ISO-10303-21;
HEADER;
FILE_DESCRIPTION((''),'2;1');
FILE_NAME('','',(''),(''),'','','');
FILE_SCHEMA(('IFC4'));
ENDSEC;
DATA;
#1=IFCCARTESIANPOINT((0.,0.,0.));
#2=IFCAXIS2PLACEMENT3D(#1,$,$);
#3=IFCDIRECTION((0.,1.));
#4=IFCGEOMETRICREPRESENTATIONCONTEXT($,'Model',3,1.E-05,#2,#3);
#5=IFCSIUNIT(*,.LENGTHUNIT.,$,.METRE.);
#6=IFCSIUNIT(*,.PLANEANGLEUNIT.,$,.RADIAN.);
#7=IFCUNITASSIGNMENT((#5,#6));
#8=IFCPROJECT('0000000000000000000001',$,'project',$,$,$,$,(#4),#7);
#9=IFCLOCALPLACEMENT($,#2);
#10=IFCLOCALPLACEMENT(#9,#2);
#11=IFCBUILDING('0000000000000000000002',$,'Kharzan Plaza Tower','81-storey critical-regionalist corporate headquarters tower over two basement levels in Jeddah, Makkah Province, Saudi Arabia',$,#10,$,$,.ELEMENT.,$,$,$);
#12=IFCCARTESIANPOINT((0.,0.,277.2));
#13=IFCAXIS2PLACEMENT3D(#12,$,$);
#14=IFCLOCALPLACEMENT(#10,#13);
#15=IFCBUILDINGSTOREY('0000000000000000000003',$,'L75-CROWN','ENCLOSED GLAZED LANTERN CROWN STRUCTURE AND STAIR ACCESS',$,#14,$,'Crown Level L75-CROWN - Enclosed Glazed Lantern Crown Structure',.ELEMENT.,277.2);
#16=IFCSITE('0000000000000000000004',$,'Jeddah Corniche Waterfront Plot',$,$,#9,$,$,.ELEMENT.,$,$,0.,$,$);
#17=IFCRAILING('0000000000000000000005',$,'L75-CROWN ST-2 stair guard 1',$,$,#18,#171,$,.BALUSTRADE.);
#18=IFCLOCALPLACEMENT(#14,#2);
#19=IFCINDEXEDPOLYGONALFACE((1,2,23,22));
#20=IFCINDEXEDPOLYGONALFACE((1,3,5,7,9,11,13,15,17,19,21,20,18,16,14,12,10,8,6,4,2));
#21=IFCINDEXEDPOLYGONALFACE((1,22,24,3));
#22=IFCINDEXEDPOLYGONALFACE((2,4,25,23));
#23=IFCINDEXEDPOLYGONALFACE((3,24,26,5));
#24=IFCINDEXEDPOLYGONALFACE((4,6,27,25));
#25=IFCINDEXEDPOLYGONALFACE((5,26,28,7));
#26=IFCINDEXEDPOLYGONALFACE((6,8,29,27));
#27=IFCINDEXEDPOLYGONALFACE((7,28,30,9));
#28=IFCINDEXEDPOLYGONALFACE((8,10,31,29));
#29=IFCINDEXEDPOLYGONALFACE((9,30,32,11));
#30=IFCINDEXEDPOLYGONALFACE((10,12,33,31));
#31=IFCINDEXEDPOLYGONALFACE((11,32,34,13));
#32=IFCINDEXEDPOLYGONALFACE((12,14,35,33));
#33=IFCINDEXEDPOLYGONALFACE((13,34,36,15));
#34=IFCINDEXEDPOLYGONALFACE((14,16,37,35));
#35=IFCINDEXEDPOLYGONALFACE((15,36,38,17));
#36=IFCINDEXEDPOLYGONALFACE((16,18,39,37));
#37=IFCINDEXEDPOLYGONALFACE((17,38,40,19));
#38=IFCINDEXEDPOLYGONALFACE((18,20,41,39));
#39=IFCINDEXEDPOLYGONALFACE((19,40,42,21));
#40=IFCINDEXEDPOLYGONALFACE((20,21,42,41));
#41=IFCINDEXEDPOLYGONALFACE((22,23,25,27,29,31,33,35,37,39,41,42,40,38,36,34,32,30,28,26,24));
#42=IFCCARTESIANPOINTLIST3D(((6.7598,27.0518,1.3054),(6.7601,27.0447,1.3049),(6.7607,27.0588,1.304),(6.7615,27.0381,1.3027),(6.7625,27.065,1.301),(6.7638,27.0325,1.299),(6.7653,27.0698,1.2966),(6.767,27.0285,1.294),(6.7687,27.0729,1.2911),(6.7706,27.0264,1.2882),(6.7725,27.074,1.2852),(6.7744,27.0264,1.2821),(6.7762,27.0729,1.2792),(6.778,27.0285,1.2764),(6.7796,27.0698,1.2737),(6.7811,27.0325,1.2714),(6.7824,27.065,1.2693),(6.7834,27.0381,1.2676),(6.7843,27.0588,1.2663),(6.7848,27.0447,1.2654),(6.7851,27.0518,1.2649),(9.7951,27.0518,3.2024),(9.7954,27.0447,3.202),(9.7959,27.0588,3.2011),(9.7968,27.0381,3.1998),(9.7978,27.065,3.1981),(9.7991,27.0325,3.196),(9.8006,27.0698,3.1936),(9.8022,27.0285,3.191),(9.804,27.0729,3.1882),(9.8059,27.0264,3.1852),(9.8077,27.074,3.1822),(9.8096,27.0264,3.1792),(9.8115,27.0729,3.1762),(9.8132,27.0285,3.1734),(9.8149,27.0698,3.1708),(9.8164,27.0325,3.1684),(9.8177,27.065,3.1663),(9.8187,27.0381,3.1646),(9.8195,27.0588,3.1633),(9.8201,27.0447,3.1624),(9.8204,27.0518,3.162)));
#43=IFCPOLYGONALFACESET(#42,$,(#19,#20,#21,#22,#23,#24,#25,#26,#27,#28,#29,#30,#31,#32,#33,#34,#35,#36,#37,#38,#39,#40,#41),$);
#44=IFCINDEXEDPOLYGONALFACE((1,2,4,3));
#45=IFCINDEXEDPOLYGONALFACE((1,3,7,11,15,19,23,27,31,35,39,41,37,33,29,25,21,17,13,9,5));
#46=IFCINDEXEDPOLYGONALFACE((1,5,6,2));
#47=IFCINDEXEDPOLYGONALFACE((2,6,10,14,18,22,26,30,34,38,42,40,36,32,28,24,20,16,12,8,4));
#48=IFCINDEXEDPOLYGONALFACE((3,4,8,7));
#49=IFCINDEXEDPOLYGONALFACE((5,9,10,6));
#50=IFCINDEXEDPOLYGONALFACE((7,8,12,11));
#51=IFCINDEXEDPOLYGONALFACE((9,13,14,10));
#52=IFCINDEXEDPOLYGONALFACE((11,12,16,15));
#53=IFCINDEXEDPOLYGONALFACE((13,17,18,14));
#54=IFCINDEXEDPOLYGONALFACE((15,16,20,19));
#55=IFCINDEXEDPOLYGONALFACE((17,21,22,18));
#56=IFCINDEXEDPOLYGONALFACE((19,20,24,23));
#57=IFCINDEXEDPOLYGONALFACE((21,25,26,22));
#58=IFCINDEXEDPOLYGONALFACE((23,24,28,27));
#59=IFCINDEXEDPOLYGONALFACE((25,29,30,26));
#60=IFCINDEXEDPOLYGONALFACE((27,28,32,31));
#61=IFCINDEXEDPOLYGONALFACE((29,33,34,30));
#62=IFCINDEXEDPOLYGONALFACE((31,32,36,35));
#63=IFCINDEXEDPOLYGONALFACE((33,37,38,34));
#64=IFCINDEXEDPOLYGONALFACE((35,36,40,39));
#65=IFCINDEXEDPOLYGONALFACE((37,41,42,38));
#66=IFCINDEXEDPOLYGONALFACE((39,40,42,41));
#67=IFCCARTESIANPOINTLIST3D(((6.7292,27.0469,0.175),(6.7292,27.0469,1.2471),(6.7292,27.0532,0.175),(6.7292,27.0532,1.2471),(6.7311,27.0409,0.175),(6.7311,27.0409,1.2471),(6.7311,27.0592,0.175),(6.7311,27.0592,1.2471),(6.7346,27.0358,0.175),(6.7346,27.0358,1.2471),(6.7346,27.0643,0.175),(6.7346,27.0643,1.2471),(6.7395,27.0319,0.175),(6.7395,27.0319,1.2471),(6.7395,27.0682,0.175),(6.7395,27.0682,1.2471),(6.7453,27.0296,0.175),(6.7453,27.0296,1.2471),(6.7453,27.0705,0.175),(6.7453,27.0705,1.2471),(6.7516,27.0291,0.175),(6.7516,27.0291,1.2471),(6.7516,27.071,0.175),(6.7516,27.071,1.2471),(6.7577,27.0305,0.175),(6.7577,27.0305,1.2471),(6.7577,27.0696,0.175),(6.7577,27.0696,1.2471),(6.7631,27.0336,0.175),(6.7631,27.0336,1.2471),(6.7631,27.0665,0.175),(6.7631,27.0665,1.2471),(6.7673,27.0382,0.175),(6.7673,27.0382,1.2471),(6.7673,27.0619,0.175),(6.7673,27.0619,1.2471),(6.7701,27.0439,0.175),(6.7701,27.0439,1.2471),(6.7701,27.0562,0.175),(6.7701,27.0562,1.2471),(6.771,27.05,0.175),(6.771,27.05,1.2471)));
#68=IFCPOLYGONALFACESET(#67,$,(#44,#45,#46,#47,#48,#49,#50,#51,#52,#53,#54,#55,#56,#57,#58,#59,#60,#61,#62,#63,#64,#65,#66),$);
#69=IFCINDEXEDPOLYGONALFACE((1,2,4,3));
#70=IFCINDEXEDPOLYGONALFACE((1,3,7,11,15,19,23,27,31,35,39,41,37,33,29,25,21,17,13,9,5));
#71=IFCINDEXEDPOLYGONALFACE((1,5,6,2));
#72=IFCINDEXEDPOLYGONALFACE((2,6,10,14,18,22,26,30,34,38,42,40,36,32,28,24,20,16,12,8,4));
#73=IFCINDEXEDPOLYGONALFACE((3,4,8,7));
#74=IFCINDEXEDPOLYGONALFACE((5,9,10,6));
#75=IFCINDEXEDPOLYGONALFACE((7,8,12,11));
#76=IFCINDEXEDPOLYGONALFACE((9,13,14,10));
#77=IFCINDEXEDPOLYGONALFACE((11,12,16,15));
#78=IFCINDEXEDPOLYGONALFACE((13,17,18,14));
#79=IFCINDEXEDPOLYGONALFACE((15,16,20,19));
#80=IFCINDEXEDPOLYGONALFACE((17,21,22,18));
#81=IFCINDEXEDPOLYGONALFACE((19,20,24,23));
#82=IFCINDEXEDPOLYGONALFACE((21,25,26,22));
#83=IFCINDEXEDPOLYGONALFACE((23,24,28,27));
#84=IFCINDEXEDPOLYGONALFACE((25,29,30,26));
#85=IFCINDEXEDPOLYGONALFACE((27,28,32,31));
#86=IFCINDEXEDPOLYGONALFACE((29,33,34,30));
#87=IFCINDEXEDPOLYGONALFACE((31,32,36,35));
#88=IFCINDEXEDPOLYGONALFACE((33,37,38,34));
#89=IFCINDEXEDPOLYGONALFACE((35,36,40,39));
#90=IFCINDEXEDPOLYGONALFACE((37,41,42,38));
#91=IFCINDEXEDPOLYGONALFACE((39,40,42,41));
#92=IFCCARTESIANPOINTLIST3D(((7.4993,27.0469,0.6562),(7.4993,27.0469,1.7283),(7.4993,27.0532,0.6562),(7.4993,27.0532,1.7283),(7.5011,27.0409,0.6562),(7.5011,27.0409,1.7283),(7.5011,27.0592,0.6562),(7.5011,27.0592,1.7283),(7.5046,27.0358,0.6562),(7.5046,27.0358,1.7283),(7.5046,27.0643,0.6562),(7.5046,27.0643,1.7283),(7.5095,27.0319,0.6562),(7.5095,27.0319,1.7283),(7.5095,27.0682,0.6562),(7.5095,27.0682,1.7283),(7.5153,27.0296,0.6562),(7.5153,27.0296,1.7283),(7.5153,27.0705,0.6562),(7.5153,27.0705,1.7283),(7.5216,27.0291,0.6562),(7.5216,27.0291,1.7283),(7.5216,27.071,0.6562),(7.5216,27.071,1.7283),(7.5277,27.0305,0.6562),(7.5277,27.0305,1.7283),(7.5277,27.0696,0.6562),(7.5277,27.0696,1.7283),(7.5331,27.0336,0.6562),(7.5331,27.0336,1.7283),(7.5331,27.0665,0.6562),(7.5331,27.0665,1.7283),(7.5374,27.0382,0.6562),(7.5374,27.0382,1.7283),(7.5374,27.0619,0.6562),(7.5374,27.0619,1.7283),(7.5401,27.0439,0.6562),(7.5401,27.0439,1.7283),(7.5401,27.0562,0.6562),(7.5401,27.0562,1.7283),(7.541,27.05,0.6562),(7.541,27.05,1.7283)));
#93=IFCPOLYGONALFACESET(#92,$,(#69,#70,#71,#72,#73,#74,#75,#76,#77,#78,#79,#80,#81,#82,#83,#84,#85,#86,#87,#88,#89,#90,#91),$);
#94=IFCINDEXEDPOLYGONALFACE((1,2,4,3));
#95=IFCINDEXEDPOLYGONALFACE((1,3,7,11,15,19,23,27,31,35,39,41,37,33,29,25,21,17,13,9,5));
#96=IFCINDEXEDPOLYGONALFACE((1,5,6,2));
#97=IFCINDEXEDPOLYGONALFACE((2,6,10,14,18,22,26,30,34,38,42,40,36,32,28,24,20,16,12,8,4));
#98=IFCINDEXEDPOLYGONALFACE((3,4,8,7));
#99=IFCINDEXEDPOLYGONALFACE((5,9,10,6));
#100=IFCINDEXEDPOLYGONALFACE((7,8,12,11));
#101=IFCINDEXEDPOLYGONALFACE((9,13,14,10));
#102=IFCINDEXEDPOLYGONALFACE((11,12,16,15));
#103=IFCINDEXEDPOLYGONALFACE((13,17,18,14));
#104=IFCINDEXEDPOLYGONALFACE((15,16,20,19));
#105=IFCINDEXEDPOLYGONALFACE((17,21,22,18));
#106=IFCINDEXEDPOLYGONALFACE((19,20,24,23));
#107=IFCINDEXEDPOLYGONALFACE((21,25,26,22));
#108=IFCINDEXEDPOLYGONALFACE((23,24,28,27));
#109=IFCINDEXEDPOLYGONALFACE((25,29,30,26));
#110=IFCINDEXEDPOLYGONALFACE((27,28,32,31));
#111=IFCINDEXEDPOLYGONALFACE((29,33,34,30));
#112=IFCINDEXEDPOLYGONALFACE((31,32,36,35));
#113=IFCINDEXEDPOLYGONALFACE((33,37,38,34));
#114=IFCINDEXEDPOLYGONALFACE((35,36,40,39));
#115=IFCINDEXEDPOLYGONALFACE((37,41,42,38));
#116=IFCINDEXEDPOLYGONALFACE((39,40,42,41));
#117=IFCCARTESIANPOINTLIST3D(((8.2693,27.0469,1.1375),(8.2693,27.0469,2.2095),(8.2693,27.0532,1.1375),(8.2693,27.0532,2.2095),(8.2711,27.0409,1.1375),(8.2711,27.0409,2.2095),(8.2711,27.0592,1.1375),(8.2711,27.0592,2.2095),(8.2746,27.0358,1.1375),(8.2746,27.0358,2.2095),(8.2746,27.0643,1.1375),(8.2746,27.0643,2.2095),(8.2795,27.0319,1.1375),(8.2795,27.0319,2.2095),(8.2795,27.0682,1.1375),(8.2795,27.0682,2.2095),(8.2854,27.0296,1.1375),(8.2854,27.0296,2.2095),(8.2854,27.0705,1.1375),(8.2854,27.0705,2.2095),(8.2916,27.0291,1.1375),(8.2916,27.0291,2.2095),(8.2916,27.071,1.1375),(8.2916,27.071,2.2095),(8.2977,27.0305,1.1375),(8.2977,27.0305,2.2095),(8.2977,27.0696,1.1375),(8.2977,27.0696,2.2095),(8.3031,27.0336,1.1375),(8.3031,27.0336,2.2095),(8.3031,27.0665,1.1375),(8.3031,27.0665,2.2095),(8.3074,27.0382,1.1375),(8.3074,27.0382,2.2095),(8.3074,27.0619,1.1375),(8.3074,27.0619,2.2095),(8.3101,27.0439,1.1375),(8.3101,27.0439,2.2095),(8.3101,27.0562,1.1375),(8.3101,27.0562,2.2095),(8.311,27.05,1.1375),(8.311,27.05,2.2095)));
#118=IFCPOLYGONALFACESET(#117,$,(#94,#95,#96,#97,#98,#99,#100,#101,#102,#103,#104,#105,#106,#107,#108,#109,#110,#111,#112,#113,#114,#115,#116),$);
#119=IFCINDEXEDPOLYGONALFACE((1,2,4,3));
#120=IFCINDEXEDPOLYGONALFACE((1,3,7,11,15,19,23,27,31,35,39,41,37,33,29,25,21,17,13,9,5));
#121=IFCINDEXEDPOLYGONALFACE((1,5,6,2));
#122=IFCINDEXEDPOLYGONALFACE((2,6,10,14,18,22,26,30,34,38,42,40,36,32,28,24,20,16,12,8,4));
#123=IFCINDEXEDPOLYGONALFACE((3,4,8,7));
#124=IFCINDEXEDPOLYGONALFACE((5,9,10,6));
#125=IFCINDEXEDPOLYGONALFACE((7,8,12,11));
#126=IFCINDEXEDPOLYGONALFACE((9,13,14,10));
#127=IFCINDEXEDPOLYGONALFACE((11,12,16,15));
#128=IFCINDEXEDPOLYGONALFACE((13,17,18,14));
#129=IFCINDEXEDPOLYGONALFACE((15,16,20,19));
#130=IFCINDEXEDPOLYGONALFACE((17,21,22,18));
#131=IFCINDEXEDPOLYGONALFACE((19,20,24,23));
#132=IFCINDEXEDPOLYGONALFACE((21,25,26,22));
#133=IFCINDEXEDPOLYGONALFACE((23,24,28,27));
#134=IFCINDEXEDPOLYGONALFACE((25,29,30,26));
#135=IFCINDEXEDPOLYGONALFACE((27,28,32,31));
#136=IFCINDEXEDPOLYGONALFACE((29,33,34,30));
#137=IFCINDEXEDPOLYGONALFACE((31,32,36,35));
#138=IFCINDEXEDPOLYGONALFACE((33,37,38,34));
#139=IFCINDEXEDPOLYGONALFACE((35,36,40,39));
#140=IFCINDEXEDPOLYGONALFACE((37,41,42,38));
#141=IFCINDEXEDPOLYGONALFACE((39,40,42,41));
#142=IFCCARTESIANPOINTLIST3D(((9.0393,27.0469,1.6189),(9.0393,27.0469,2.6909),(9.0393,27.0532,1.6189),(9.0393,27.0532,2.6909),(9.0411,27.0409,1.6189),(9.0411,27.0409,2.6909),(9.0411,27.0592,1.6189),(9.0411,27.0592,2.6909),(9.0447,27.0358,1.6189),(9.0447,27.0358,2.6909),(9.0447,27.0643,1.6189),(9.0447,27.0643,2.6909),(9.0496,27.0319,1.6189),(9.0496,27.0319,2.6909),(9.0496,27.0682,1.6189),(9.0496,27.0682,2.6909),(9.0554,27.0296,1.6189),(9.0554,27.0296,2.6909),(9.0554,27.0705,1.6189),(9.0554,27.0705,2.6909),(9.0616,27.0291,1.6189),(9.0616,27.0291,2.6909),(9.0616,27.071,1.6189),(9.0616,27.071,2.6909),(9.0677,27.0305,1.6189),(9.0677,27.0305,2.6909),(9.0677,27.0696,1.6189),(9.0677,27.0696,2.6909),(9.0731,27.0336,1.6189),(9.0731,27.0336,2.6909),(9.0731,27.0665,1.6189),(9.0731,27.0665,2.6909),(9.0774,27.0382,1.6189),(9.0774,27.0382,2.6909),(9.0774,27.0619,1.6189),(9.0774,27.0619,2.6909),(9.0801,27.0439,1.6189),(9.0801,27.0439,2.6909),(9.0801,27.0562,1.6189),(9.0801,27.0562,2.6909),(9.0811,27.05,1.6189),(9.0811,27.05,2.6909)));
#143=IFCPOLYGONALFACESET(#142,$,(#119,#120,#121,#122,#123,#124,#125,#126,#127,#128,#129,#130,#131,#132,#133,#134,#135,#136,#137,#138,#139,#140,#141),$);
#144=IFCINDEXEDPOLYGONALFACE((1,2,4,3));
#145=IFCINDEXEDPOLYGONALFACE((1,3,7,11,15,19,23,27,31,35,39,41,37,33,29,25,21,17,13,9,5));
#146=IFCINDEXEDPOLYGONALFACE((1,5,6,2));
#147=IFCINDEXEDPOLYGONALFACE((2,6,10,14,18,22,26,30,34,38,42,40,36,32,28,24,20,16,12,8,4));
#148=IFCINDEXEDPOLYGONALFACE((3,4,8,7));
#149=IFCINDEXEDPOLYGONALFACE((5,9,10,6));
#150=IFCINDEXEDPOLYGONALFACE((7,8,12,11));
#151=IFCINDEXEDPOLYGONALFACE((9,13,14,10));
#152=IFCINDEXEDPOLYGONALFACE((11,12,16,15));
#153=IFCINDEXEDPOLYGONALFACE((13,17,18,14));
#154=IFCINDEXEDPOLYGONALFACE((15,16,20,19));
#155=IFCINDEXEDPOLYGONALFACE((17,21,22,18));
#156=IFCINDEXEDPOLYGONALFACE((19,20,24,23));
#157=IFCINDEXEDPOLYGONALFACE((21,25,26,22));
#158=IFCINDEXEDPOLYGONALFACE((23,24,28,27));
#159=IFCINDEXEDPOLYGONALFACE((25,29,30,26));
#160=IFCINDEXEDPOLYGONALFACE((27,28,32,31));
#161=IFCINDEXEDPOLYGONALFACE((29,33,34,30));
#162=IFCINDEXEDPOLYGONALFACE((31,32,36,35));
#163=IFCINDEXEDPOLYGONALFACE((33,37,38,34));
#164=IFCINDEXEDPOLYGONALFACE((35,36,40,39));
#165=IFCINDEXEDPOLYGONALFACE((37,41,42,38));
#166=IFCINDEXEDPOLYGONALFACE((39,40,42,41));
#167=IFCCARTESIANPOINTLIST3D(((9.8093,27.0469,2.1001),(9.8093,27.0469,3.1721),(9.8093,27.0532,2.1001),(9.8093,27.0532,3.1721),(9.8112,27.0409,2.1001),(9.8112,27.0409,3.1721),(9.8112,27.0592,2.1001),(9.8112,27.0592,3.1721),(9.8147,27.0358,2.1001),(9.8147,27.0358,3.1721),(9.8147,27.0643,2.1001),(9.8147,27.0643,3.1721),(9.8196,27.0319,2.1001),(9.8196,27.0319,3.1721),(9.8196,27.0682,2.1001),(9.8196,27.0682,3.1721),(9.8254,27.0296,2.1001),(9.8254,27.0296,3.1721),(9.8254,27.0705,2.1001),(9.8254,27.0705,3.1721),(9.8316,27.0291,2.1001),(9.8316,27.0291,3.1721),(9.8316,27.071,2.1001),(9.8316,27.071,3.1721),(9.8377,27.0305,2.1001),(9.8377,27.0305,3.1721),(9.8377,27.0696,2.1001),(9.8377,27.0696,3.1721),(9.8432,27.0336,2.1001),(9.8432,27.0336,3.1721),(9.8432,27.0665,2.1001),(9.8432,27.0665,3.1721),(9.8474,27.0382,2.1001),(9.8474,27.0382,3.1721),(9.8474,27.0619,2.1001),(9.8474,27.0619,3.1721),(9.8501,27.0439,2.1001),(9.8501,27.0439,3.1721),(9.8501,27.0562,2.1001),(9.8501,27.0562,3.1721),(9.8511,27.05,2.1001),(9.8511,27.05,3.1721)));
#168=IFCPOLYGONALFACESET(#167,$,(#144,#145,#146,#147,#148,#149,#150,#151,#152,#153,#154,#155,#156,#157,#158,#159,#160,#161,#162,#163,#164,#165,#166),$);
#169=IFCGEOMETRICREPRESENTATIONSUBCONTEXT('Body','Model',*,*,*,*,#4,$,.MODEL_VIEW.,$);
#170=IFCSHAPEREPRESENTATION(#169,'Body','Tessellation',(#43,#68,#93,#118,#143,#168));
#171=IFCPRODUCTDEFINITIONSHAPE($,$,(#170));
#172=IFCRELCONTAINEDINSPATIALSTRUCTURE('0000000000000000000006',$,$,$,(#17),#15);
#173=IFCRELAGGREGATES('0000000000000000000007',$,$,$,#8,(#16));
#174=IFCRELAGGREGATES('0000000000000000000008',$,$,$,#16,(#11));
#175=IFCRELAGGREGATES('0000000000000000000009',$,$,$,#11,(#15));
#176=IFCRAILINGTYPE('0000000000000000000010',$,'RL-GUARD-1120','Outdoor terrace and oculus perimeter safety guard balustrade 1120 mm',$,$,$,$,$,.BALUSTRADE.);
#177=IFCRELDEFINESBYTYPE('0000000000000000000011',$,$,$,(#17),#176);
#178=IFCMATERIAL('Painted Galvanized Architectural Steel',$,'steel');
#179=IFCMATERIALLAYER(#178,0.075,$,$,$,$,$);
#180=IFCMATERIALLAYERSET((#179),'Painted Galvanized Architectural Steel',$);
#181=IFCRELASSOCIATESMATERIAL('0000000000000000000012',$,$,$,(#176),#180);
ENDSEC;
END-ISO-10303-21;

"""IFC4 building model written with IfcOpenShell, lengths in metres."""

from ifc_helpers import new_model, si_unit, direction, frame, origin, origin_2d, place, context, subcontext, project, spatial, circle, extrude, source, transform, mapped, material, layer, layer_set, type_object, element, save


model = new_model("IFC4")

# Units and contexts
model_context = context("Model", 3, precision=1e-05, world=origin(), true_north=direction((0.0, 1.0)))
body_context = subcontext(model_context, "Body", "Model", "MODEL_VIEW")
ifc_project = project(units=[si_unit("LENGTHUNIT", "METRE"), si_unit("PLANEANGLEUNIT", "RADIAN")], contexts=[model_context])

# Site, building, storey
site_placement = place(None, origin())
site = spatial("IfcSite", under=ifc_project, at=site_placement, Name="Jeddah Corniche Waterfront Plot", CompositionType="ELEMENT", RefElevation=0.0)
building_placement = place(site_placement, origin())
building = spatial("IfcBuilding", under=site, at=building_placement, Name="Kharzan Plaza Tower", Description="81-storey critical-regionalist corporate headquarters tower over two basement levels in Jeddah, Makkah Province, Saudi Arabia", CompositionType="ELEMENT")
storey_placement = place(building_placement, frame((0.0, 0.0, 277.2)))
storey = spatial("IfcBuildingStorey", under=building, at=storey_placement, Name="L75-CROWN", Description="ENCLOSED GLAZED LANTERN CROWN STRUCTURE AND STAIR ACCESS", LongName="Crown Level L75-CROWN - Enclosed Glazed Lantern Crown Structure", CompositionType="ELEMENT", Elevation=277.2)

# Railing
ifc_material_1 = material(Name="Painted Galvanized Architectural Steel", Category="steel")
ifc_layer_1 = layer(ifc_material_1, 0.075)
ifc_layer_set_1 = layer_set([ifc_layer_1], Name="Painted Galvanized Architectural Steel")
railing_type_1 = type_object("IfcRailingType", Name="RL-GUARD-1120", Description="Outdoor terrace and oculus perimeter safety guard balustrade 1120 mm", PredefinedType="BALUSTRADE", material=ifc_layer_set_1)
shared_shape_1 = source(origin(), body_context, "Body", "SweptSolid", [
    extrude(circle(Radius=0.0239, at=origin_2d()), frame((0.0225, 0.0, 1.1101), z_axis=(0.847998, 0.0, 0.529999), x_axis=(0.0, 1.0, 0.0)), (0.0, 0.0, 1.0), 3.5793),
    extrude(circle(Radius=0.021, at=origin_2d()), origin(), (0.0, 0.0, 1.0), 1.072),
    extrude(circle(Radius=0.021, at=origin_2d()), frame((0.77, 0.0, 0.4812)), (0.0, 0.0, 1.0), 1.072),
    extrude(circle(Radius=0.021, at=origin_2d()), frame((1.54, 0.0, 0.9624)), (0.0, 0.0, 1.0), 1.072),
    extrude(circle(Radius=0.021, at=origin_2d()), frame((2.3101, 0.0, 1.4438)), (0.0, 0.0, 1.0), 1.072),
    extrude(circle(Radius=0.021, at=origin_2d()), frame((3.0801, 0.0, 1.925)), (0.0, 0.0, 1.0), 1.072),
])
railing_1_placement = place(storey_placement, frame((6.75, 27.05, 0.175)))
element("IfcRailing", 1, at=railing_1_placement, inside=storey, type_object=railing_type_1, Name="L75-CROWN ST-2 stair guard 1", PredefinedType="BALUSTRADE", context=body_context, shape_type="MappedRepresentation", body=[
    mapped(shared_shape_1, transform((0.0, 0.0, 0.0), x_axis=(1.0, 0.0, 0.0), y_axis=(0.0, 1.0, 0.0), z_axis=(0.0, 0.0, 1.0))),
])

save(model, "model.ifc")
